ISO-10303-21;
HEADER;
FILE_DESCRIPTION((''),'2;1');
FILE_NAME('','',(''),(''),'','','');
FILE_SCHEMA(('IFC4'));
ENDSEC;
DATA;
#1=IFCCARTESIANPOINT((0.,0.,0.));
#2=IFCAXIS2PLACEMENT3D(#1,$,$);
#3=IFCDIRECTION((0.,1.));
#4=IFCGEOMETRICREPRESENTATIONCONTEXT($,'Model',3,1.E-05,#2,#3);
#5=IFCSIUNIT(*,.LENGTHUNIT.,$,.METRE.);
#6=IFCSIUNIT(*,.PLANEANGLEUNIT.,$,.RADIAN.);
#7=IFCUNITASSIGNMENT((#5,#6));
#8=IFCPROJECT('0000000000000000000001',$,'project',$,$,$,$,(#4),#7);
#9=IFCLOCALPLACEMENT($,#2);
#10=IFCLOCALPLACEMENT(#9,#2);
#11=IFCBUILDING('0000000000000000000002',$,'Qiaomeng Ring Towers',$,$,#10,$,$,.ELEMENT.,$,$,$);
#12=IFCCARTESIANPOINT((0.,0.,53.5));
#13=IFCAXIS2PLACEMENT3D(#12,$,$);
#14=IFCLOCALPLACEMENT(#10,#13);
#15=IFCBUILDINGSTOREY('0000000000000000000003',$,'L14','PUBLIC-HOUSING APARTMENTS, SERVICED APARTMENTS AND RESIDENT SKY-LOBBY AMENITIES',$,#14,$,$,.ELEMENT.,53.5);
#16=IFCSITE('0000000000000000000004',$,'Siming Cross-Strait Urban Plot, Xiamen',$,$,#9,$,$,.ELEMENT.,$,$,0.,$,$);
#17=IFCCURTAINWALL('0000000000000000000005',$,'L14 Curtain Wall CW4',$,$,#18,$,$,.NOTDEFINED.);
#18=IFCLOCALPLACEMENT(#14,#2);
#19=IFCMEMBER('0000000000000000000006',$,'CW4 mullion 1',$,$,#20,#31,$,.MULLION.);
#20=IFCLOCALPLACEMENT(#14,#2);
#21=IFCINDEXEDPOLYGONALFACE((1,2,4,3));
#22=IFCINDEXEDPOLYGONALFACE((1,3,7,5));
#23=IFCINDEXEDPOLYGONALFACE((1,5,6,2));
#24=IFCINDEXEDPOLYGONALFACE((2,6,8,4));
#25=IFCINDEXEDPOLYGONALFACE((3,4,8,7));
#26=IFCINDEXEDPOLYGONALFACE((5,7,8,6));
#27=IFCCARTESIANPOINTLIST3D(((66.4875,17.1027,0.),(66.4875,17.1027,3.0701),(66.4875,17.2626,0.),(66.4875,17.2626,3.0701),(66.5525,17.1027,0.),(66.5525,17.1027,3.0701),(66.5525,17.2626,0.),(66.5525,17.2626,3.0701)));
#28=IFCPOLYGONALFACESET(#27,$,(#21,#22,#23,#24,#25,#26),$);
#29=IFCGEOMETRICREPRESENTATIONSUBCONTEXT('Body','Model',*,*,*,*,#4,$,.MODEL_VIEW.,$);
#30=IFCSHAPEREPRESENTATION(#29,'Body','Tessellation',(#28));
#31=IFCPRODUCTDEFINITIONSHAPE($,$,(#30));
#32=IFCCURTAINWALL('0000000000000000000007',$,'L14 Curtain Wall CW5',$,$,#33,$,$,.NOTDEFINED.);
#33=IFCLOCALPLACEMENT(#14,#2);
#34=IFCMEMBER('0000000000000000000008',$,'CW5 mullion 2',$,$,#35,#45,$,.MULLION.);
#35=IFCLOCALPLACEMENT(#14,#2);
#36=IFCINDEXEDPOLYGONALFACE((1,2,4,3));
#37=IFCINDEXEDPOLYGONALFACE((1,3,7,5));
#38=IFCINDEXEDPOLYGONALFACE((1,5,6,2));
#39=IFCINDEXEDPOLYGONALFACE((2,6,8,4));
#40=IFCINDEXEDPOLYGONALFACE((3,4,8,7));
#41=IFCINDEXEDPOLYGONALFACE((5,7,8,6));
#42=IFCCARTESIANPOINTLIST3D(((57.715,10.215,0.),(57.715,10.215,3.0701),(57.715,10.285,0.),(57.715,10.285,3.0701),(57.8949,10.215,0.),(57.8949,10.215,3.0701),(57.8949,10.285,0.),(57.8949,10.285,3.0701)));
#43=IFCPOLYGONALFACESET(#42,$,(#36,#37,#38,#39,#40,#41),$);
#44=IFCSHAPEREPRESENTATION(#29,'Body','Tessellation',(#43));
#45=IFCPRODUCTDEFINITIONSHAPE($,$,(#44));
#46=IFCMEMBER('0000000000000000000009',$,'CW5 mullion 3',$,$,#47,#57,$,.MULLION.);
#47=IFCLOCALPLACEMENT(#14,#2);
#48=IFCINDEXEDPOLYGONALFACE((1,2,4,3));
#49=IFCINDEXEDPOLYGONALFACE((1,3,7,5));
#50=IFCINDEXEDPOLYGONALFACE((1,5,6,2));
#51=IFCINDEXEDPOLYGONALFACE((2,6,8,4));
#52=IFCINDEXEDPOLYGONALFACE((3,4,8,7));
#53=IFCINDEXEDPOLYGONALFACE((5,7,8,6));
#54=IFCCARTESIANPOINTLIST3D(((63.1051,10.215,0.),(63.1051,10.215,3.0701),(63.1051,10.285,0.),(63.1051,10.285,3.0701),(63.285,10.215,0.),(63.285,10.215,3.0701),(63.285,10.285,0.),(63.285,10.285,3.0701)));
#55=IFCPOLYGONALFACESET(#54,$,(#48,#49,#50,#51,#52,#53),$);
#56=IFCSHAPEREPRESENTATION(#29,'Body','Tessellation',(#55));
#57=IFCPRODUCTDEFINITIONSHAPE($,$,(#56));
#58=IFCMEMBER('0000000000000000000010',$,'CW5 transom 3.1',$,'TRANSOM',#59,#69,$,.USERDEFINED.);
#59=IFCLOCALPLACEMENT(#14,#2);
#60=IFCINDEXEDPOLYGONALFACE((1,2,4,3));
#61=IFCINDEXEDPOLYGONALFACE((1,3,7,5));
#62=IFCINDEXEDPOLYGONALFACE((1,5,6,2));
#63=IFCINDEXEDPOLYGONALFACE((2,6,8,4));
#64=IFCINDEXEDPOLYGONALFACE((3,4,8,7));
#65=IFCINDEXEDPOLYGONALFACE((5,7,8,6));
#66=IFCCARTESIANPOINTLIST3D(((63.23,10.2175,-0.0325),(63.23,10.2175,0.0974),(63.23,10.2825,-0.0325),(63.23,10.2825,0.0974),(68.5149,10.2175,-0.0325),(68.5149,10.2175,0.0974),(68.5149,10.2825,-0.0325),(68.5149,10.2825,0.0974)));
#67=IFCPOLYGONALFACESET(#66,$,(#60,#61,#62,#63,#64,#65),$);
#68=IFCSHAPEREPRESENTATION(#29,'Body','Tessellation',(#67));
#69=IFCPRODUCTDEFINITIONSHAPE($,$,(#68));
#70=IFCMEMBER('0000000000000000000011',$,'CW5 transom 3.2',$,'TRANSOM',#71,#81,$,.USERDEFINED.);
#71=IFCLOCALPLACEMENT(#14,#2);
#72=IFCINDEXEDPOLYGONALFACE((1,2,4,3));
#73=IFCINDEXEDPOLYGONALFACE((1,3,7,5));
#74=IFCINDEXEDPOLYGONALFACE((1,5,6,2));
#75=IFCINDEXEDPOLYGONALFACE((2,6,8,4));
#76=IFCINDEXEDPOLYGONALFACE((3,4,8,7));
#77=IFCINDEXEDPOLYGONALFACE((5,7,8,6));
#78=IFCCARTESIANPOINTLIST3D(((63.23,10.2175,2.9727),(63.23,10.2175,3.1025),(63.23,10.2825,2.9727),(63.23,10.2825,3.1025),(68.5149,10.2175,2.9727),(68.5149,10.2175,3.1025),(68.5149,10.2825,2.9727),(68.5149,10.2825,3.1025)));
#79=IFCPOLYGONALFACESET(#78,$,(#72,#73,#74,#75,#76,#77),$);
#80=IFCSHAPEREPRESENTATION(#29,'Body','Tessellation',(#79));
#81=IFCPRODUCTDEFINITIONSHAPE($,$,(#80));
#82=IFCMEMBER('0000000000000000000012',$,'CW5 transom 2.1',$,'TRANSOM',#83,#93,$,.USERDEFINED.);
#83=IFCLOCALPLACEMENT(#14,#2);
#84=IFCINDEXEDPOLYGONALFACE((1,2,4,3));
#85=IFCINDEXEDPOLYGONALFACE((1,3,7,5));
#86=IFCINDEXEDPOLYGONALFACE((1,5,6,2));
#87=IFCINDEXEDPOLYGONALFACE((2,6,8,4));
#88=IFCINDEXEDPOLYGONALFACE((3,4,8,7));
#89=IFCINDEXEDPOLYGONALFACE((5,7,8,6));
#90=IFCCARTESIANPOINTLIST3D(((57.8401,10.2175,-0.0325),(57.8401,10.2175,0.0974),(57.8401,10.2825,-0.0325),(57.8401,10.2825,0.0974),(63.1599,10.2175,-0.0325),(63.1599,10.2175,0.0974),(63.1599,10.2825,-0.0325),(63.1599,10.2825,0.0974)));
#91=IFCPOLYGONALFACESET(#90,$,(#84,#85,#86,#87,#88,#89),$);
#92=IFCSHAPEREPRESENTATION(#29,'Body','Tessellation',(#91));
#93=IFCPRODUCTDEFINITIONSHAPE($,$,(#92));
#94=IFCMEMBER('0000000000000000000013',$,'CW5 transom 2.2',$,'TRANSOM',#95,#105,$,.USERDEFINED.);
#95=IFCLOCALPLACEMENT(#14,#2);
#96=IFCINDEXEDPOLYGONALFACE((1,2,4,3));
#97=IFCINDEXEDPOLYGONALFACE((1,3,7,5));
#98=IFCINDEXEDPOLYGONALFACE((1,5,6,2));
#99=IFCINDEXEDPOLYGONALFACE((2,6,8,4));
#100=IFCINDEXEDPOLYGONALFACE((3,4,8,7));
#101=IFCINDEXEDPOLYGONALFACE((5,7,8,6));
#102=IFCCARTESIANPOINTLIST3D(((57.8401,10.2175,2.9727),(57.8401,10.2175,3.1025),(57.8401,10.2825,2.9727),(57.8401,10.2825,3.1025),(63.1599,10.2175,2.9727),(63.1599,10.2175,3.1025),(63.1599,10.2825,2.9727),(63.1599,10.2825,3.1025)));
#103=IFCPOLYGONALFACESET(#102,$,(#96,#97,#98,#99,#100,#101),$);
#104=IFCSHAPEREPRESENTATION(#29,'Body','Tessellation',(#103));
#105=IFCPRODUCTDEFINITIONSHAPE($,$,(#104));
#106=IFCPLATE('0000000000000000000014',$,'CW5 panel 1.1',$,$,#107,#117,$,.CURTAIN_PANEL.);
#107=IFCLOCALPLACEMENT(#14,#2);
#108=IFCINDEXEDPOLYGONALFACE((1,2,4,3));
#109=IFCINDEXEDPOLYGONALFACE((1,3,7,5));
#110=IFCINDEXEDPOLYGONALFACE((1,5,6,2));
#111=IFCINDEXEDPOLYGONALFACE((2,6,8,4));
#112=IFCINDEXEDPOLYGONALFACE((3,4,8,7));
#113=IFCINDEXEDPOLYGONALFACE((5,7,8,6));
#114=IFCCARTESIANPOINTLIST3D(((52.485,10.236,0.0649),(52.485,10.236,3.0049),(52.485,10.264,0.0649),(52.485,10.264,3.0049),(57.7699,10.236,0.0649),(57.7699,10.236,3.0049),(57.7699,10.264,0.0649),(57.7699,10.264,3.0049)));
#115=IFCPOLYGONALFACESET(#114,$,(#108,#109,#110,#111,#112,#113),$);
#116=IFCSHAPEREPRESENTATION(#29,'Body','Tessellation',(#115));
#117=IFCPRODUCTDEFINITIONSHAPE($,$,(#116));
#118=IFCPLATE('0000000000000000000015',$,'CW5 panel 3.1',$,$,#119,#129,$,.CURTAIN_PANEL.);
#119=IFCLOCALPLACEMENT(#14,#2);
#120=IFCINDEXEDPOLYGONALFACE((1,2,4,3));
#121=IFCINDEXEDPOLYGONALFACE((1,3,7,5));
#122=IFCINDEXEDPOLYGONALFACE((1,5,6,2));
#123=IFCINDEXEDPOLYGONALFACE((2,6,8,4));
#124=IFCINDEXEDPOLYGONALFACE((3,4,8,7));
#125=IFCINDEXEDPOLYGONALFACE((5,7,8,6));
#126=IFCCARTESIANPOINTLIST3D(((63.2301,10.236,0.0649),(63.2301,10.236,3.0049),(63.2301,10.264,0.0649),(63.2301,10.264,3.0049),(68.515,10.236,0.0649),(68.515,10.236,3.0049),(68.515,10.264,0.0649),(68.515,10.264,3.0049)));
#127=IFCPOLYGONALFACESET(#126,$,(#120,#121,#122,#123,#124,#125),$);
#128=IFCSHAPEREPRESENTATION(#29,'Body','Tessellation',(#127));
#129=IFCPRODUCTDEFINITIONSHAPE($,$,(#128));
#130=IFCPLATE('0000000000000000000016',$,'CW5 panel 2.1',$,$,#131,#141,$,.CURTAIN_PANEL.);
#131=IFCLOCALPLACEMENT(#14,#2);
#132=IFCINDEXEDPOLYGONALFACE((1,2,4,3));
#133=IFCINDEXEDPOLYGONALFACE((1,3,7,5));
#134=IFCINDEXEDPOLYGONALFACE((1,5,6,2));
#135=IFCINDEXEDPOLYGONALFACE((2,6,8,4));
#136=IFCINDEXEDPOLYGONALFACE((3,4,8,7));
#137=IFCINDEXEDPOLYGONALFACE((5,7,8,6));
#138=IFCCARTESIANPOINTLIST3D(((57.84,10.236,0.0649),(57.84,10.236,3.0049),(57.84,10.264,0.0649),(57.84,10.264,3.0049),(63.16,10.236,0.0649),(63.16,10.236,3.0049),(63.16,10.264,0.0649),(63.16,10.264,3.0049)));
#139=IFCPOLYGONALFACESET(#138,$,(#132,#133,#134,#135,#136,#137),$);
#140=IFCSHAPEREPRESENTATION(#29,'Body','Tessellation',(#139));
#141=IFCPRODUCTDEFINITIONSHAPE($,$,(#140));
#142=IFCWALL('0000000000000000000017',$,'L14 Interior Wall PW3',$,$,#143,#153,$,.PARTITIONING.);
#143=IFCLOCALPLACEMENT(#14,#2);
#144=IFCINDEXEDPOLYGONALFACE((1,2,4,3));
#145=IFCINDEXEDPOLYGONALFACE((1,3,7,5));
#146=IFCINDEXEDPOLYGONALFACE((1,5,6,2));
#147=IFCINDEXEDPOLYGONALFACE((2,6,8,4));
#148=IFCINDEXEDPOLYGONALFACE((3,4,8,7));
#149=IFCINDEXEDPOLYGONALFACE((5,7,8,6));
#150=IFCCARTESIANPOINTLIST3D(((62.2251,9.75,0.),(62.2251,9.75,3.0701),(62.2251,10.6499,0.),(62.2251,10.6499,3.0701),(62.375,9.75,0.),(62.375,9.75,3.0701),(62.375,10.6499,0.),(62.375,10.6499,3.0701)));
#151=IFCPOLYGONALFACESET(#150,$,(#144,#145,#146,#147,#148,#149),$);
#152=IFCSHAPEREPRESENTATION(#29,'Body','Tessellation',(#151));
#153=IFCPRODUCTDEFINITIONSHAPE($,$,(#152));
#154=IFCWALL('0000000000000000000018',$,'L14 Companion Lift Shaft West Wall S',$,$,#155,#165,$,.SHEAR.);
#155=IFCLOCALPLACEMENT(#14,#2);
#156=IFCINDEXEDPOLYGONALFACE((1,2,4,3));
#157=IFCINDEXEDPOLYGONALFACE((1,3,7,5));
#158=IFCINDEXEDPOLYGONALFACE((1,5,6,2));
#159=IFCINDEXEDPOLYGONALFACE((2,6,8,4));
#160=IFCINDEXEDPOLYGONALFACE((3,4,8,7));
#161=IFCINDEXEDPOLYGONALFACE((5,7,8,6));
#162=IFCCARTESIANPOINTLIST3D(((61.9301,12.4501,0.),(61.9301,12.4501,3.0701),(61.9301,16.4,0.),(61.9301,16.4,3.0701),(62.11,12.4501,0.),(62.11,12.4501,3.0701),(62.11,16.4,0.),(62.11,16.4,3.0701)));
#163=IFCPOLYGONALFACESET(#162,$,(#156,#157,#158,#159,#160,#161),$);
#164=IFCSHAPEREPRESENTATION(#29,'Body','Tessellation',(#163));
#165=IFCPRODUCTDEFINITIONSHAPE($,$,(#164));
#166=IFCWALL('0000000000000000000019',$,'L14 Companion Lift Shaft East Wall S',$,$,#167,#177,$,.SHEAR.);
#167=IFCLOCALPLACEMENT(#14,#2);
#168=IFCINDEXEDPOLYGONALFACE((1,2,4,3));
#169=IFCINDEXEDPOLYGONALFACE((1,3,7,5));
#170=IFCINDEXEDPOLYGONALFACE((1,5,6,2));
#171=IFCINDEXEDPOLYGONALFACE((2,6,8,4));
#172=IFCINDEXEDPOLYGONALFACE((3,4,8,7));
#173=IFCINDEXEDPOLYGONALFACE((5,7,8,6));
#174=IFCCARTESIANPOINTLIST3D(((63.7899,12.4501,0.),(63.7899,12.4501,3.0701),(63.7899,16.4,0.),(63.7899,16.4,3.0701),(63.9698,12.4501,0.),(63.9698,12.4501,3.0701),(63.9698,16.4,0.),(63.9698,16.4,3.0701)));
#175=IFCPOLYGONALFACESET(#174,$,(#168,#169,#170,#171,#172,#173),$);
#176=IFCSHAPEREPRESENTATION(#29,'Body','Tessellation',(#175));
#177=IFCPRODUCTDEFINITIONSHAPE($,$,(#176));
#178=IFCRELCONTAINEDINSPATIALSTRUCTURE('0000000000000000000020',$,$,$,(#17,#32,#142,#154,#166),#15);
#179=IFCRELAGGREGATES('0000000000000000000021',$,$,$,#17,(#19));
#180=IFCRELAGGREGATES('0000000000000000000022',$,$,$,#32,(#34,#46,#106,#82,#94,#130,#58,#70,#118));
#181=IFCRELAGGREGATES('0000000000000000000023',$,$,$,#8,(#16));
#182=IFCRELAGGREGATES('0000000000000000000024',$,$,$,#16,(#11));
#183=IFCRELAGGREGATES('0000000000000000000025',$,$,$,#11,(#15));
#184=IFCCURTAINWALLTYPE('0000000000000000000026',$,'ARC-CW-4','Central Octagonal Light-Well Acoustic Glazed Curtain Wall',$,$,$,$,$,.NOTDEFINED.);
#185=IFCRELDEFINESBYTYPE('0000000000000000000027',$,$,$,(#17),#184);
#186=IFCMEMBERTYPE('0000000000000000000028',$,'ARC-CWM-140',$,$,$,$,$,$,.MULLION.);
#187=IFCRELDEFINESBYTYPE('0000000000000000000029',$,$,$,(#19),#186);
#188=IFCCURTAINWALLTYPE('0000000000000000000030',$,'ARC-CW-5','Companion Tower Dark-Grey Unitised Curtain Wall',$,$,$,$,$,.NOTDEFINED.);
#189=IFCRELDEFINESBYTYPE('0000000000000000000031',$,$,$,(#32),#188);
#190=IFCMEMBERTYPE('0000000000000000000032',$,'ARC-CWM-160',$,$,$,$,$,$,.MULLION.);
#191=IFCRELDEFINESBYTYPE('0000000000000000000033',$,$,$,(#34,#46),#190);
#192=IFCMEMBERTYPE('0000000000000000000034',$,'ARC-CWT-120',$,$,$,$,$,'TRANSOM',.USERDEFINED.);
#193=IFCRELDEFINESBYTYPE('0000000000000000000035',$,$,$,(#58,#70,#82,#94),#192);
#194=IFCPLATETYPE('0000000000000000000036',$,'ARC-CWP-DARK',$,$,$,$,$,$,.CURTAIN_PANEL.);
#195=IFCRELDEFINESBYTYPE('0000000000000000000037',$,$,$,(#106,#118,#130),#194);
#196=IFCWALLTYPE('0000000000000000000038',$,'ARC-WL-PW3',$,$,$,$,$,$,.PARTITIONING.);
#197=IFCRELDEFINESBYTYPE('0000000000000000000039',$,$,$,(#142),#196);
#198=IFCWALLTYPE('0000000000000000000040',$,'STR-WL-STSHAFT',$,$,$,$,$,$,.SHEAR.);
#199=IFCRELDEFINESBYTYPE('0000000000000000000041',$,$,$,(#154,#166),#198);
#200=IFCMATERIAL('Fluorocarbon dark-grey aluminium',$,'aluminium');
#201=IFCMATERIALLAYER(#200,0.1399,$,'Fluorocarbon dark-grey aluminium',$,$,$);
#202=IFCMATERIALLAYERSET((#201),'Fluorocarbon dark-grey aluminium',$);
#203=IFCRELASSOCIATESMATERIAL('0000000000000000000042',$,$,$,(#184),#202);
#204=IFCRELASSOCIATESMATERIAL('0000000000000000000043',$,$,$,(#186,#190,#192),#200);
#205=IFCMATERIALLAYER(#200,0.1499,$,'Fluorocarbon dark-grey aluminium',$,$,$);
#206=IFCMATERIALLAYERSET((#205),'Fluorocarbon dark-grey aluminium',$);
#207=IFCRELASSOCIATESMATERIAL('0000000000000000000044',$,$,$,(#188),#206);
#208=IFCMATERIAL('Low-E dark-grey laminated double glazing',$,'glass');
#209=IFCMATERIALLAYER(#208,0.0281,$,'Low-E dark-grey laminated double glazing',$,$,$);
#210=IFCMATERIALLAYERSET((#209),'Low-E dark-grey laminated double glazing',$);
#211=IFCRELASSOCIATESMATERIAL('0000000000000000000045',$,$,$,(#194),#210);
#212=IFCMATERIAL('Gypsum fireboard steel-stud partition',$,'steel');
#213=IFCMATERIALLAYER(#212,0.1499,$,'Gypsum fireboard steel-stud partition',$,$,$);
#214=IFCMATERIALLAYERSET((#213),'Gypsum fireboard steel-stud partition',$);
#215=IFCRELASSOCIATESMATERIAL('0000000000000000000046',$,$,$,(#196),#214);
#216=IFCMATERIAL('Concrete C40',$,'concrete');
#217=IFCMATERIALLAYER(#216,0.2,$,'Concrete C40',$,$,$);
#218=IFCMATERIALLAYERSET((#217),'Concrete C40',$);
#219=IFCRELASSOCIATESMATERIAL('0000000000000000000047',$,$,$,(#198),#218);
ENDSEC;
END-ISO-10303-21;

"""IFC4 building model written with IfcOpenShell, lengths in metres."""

from ifc_helpers import new_model, si_unit, direction, frame, frame_2d, origin, origin_2d, place, context, subcontext, project, spatial, rectangle, extrude, source, transform, mapped, material, layer, layer_set, material_profile, profile_set, type_object, element, aggregate, save


model = new_model("IFC4")

# Units and contexts
model_context = context("Model", 3, precision=1e-05, world=origin(), true_north=direction((0.0, 1.0)))
body_context = subcontext(model_context, "Body", "Model", "MODEL_VIEW")
ifc_project = project(units=[si_unit("LENGTHUNIT", "METRE"), si_unit("PLANEANGLEUNIT", "RADIAN")], contexts=[model_context])

# Site, building, storey
site_placement = place(None, origin())
site = spatial("IfcSite", under=ifc_project, at=site_placement, Name="Siming Cross-Strait Urban Plot, Xiamen", CompositionType="ELEMENT", RefElevation=0.0)
building_placement = place(site_placement, origin())
building = spatial("IfcBuilding", under=site, at=building_placement, Name="Qiaomeng Ring Towers", CompositionType="ELEMENT")
storey_placement = place(building_placement, frame((0.0, 0.0, 53.5)))
storey = spatial("IfcBuildingStorey", under=building, at=storey_placement, Name="L14", Description="PUBLIC-HOUSING APARTMENTS, SERVICED APARTMENTS AND RESIDENT SKY-LOBBY AMENITIES", CompositionType="ELEMENT", Elevation=53.5)

# Curtain wall, member
ifc_material_1 = material(Name="Fluorocarbon dark-grey aluminium", Category="aluminium")
ifc_layer_1 = layer(ifc_material_1, 0.1399, Name="Fluorocarbon dark-grey aluminium")
ifc_layer_set_1 = layer_set([ifc_layer_1], Name="Fluorocarbon dark-grey aluminium")
curtain_wall_type_1 = type_object("IfcCurtainWallType", Name="ARC-CW-4", Description="Central Octagonal Light-Well Acoustic Glazed Curtain Wall", PredefinedType="NOTDEFINED", material=ifc_layer_set_1)
curtain_wall_1_placement = place(storey_placement, origin())
curtain_wall_1 = element("IfcCurtainWall", 1, at=curtain_wall_1_placement, inside=storey, type_object=curtain_wall_type_1, Name="L14 Curtain Wall CW4", PredefinedType="NOTDEFINED")
ifc_material_profile_1 = material_profile(ifc_material_1, rectangle(XDim=0.0649, YDim=0.1599, at=origin_2d()), Name="ALU MULL 65x160")
ifc_profile_set_1 = profile_set([ifc_material_profile_1], Name="Fluorocarbon dark-grey aluminium")
member_type_1 = type_object("IfcMemberType", Name="ARC-CWM-140", PredefinedType="MULLION", material=ifc_profile_set_1)
shared_shape_1 = source(origin(), body_context, "Body", "SweptSolid", [
    extrude(rectangle(XDim=0.0649, YDim=0.1599, at=origin_2d()), origin(), (0.0, 0.0, 1.0), 3.0701),
])
member_1_placement = place(storey_placement, frame((66.52, 17.1826, 0.0), z_axis=(0.0, 0.0, 1.0), x_axis=(-1.0, 0.0, 0.0)))
member_1 = element("IfcMember", 2, at=member_1_placement, type_object=member_type_1, Name="CW4 mullion 1", PredefinedType="MULLION", context=body_context, shape_type="MappedRepresentation", body=[
    mapped(shared_shape_1, transform((0.0, 0.0, 0.0), x_axis=(1.0, 0.0, 0.0), y_axis=(0.0, 1.0, 0.0), z_axis=(0.0, 0.0, 1.0), scale=1.0)),
])
aggregate(curtain_wall_1, [member_1])

# Curtain wall, members, plates
ifc_layer_2 = layer(ifc_material_1, 0.1499, Name="Fluorocarbon dark-grey aluminium")
ifc_layer_set_2 = layer_set([ifc_layer_2], Name="Fluorocarbon dark-grey aluminium")
curtain_wall_type_2 = type_object("IfcCurtainWallType", Name="ARC-CW-5", Description="Companion Tower Dark-Grey Unitised Curtain Wall", PredefinedType="NOTDEFINED", material=ifc_layer_set_2)
curtain_wall_2_placement = place(storey_placement, origin())
curtain_wall_2 = element("IfcCurtainWall", 3, at=curtain_wall_2_placement, inside=storey, type_object=curtain_wall_type_2, Name="L14 Curtain Wall CW5", PredefinedType="NOTDEFINED")
ifc_material_profile_2 = material_profile(ifc_material_1, rectangle(XDim=0.0701, YDim=0.1799, at=origin_2d()), Name="ALU MULL 70x180")
ifc_profile_set_2 = profile_set([ifc_material_profile_2], Name="Fluorocarbon dark-grey aluminium")
member_type_2 = type_object("IfcMemberType", Name="ARC-CWM-160", PredefinedType="MULLION", material=ifc_profile_set_2)
shared_shape_2 = source(origin(), body_context, "Body", "SweptSolid", [
    extrude(rectangle(XDim=0.0701, YDim=0.1799, at=origin_2d()), origin(), (0.0, 0.0, 1.0), 3.0701),
])
member_2_placement = place(storey_placement, frame((57.8049, 10.25, 0.0), z_axis=(0.0, 0.0, 1.0), x_axis=(0.0, 1.0, 0.0)))
member_2 = element("IfcMember", 4, at=member_2_placement, type_object=member_type_2, Name="CW5 mullion 2", PredefinedType="MULLION", context=body_context, shape_type="MappedRepresentation", body=[
    mapped(shared_shape_2, transform((0.0, 0.0, 0.0), x_axis=(1.0, 0.0, 0.0), y_axis=(0.0, 1.0, 0.0), z_axis=(0.0, 0.0, 1.0), scale=1.0)),
])
member_3_placement = place(storey_placement, frame((63.1951, 10.25, 0.0), z_axis=(0.0, 0.0, 1.0), x_axis=(0.0, 1.0, 0.0)))
member_3 = element("IfcMember", 5, at=member_3_placement, type_object=member_type_2, Name="CW5 mullion 3", PredefinedType="MULLION", context=body_context, shape_type="MappedRepresentation", body=[
    mapped(shared_shape_2, transform((0.0, 0.0, 0.0), x_axis=(1.0, 0.0, 0.0), y_axis=(0.0, 1.0, 0.0), z_axis=(0.0, 0.0, 1.0), scale=1.0)),
])
ifc_material_profile_3 = material_profile(ifc_material_1, rectangle(XDim=0.0649, YDim=0.1299, at=origin_2d()), Name="ALU TRAN 65x130")
ifc_profile_set_3 = profile_set([ifc_material_profile_3], Name="Fluorocarbon dark-grey aluminium")
member_type_3 = type_object("IfcMemberType", Name="ARC-CWT-120", ElementType="TRANSOM", PredefinedType="USERDEFINED", material=ifc_profile_set_3)
shared_shape_3 = source(origin(), body_context, "Body", "SweptSolid", [
    extrude(rectangle(XDim=0.0649, YDim=0.1299, at=origin_2d()), origin(), (0.0, 0.0, 1.0), 5.2849),
])
member_4_placement = place(storey_placement, frame((63.23, 10.25, 0.0325), z_axis=(1.0, 0.0, 0.0), x_axis=(0.0, 1.0, 0.0)))
member_4 = element("IfcMember", 6, at=member_4_placement, type_object=member_type_3, Name="CW5 transom 3.1", ObjectType="TRANSOM", PredefinedType="USERDEFINED", context=body_context, shape_type="MappedRepresentation", body=[
    mapped(shared_shape_3, transform((0.0, 0.0, 0.0), x_axis=(1.0, 0.0, 0.0), y_axis=(0.0, 1.0, 0.0), z_axis=(0.0, 0.0, 1.0), scale=1.0)),
])
member_5_placement = place(storey_placement, frame((63.23, 10.25, 3.0376), z_axis=(1.0, 0.0, 0.0), x_axis=(0.0, 1.0, 0.0)))
member_5 = element("IfcMember", 7, at=member_5_placement, type_object=member_type_3, Name="CW5 transom 3.2", ObjectType="TRANSOM", PredefinedType="USERDEFINED", context=body_context, shape_type="MappedRepresentation", body=[
    mapped(shared_shape_3, transform((0.0, 0.0, 0.0), x_axis=(1.0, 0.0, 0.0), y_axis=(0.0, 1.0, 0.0), z_axis=(0.0, 0.0, 1.0), scale=1.0)),
])
shared_shape_4 = source(origin(), body_context, "Body", "SweptSolid", [
    extrude(rectangle(XDim=0.0649, YDim=0.1299, at=origin_2d()), origin(), (0.0, 0.0, 1.0), 5.3198),
])
member_6_placement = place(storey_placement, frame((57.8401, 10.25, 0.0325), z_axis=(1.0, 0.0, 0.0), x_axis=(0.0, 1.0, 0.0)))
member_6 = element("IfcMember", 8, at=member_6_placement, type_object=member_type_3, Name="CW5 transom 2.1", ObjectType="TRANSOM", PredefinedType="USERDEFINED", context=body_context, shape_type="MappedRepresentation", body=[
    mapped(shared_shape_4, transform((0.0, 0.0, 0.0), x_axis=(1.0, 0.0, 0.0), y_axis=(0.0, 1.0, 0.0), z_axis=(0.0, 0.0, 1.0), scale=1.0)),
])
member_7_placement = place(storey_placement, frame((57.8401, 10.25, 3.0376), z_axis=(1.0, 0.0, 0.0), x_axis=(0.0, 1.0, 0.0)))
member_7 = element("IfcMember", 9, at=member_7_placement, type_object=member_type_3, Name="CW5 transom 2.2", ObjectType="TRANSOM", PredefinedType="USERDEFINED", context=body_context, shape_type="MappedRepresentation", body=[
    mapped(shared_shape_4, transform((0.0, 0.0, 0.0), x_axis=(1.0, 0.0, 0.0), y_axis=(0.0, 1.0, 0.0), z_axis=(0.0, 0.0, 1.0), scale=1.0)),
])
ifc_material_2 = material(Name="Low-E dark-grey laminated double glazing", Category="glass")
ifc_layer_3 = layer(ifc_material_2, 0.0281, Name="Low-E dark-grey laminated double glazing")
ifc_layer_set_3 = layer_set([ifc_layer_3], Name="Low-E dark-grey laminated double glazing")
plate_type = type_object("IfcPlateType", Name="ARC-CWP-DARK", PredefinedType="CURTAIN_PANEL", material=ifc_layer_set_3)
shared_shape_5 = source(origin(), body_context, "Body", "SweptSolid", [
    extrude(rectangle(XDim=5.2849, YDim=0.0281, at=origin_2d()), origin(), (0.0, 0.0, 1.0), 2.9399),
])
plate_1_placement = place(storey_placement, frame((55.1274, 10.25, 0.0649), z_axis=(0.0, 0.0, 1.0), x_axis=(1.0, 0.0, 0.0)))
plate_1 = element("IfcPlate", 10, at=plate_1_placement, type_object=plate_type, Name="CW5 panel 1.1", PredefinedType="CURTAIN_PANEL", context=body_context, shape_type="MappedRepresentation", body=[
    mapped(shared_shape_5, transform((0.0, 0.0, 0.0), x_axis=(1.0, 0.0, 0.0), y_axis=(0.0, 1.0, 0.0), z_axis=(0.0, 0.0, 1.0), scale=1.0)),
])
plate_2_placement = place(storey_placement, frame((65.8726, 10.25, 0.0649), z_axis=(0.0, 0.0, 1.0), x_axis=(1.0, 0.0, 0.0)))
plate_2 = element("IfcPlate", 11, at=plate_2_placement, type_object=plate_type, Name="CW5 panel 3.1", PredefinedType="CURTAIN_PANEL", context=body_context, shape_type="MappedRepresentation", body=[
    mapped(shared_shape_5, transform((0.0, 0.0, 0.0), x_axis=(1.0, 0.0, 0.0), y_axis=(0.0, 1.0, 0.0), z_axis=(0.0, 0.0, 1.0), scale=1.0)),
])
shared_shape_6 = source(origin(), body_context, "Body", "SweptSolid", [
    extrude(rectangle(XDim=5.3201, YDim=0.0281, at=origin_2d()), origin(), (0.0, 0.0, 1.0), 2.9399),
])
plate_3_placement = place(storey_placement, frame((60.5, 10.25, 0.0649), z_axis=(0.0, 0.0, 1.0), x_axis=(1.0, 0.0, 0.0)))
plate_3 = element("IfcPlate", 12, at=plate_3_placement, type_object=plate_type, Name="CW5 panel 2.1", PredefinedType="CURTAIN_PANEL", context=body_context, shape_type="MappedRepresentation", body=[
    mapped(shared_shape_6, transform((0.0, 0.0, 0.0), x_axis=(1.0, 0.0, 0.0), y_axis=(0.0, 1.0, 0.0), z_axis=(0.0, 0.0, 1.0), scale=1.0)),
])
aggregate(curtain_wall_2, [member_2, member_3, plate_1, member_6, member_7, plate_3, member_4, member_5, plate_2])

# Walls
ifc_material_3 = material(Name="Gypsum fireboard steel-stud partition", Category="steel")
ifc_layer_4 = layer(ifc_material_3, 0.1499, Name="Gypsum fireboard steel-stud partition")
ifc_layer_set_4 = layer_set([ifc_layer_4], Name="Gypsum fireboard steel-stud partition")
wall_type_1 = type_object("IfcWallType", Name="ARC-WL-PW3", PredefinedType="PARTITIONING", material=ifc_layer_set_4)
wall_1_placement = place(storey_placement, frame((62.3, 9.75, 0.0), z_axis=(0.0, 0.0, 1.0), x_axis=(0.0, 1.0, 0.0)))
element("IfcWall", 13, at=wall_1_placement, inside=storey, type_object=wall_type_1, Name="L14 Interior Wall PW3", PredefinedType="PARTITIONING", context=body_context, shape_type="SweptSolid", body=[
    extrude(rectangle(XDim=0.8999, YDim=0.1499, at=frame_2d((0.45, 0.0))), origin(), (0.0, 0.0, 1.0), 3.0701),
])
ifc_material_4 = material(Name="Concrete C40", Category="concrete")
ifc_layer_5 = layer(ifc_material_4, 0.2, Name="Concrete C40")
ifc_layer_set_5 = layer_set([ifc_layer_5], Name="Concrete C40")
wall_type_2 = type_object("IfcWallType", Name="STR-WL-STSHAFT", PredefinedType="SHEAR", material=ifc_layer_set_5)
for number, where, z_axis, x_axis, name in (
    (14, (62.02, 12.45, 0.0), (0.0, 0.0, 1.0), (0.0, 1.0, 0.0), "L14 Companion Lift Shaft West Wall S"),
    (15, (63.8799, 12.45, 0.0), (0.0, 0.0, 1.0), (0.0, 1.0, 0.0), "L14 Companion Lift Shaft East Wall S"),
):
    element("IfcWall", number, at=place(storey_placement, frame(where, z_axis=z_axis, x_axis=x_axis)), inside=storey, type_object=wall_type_2, Name=name, PredefinedType="SHEAR", context=body_context, shape_type="SweptSolid", body=[
        extrude(rectangle(XDim=3.95, YDim=0.1799, at=frame_2d((1.9751, 0.0))), origin(), (0.0, 0.0, 1.0), 3.0701),
    ])

save(model, "model.ifc")
